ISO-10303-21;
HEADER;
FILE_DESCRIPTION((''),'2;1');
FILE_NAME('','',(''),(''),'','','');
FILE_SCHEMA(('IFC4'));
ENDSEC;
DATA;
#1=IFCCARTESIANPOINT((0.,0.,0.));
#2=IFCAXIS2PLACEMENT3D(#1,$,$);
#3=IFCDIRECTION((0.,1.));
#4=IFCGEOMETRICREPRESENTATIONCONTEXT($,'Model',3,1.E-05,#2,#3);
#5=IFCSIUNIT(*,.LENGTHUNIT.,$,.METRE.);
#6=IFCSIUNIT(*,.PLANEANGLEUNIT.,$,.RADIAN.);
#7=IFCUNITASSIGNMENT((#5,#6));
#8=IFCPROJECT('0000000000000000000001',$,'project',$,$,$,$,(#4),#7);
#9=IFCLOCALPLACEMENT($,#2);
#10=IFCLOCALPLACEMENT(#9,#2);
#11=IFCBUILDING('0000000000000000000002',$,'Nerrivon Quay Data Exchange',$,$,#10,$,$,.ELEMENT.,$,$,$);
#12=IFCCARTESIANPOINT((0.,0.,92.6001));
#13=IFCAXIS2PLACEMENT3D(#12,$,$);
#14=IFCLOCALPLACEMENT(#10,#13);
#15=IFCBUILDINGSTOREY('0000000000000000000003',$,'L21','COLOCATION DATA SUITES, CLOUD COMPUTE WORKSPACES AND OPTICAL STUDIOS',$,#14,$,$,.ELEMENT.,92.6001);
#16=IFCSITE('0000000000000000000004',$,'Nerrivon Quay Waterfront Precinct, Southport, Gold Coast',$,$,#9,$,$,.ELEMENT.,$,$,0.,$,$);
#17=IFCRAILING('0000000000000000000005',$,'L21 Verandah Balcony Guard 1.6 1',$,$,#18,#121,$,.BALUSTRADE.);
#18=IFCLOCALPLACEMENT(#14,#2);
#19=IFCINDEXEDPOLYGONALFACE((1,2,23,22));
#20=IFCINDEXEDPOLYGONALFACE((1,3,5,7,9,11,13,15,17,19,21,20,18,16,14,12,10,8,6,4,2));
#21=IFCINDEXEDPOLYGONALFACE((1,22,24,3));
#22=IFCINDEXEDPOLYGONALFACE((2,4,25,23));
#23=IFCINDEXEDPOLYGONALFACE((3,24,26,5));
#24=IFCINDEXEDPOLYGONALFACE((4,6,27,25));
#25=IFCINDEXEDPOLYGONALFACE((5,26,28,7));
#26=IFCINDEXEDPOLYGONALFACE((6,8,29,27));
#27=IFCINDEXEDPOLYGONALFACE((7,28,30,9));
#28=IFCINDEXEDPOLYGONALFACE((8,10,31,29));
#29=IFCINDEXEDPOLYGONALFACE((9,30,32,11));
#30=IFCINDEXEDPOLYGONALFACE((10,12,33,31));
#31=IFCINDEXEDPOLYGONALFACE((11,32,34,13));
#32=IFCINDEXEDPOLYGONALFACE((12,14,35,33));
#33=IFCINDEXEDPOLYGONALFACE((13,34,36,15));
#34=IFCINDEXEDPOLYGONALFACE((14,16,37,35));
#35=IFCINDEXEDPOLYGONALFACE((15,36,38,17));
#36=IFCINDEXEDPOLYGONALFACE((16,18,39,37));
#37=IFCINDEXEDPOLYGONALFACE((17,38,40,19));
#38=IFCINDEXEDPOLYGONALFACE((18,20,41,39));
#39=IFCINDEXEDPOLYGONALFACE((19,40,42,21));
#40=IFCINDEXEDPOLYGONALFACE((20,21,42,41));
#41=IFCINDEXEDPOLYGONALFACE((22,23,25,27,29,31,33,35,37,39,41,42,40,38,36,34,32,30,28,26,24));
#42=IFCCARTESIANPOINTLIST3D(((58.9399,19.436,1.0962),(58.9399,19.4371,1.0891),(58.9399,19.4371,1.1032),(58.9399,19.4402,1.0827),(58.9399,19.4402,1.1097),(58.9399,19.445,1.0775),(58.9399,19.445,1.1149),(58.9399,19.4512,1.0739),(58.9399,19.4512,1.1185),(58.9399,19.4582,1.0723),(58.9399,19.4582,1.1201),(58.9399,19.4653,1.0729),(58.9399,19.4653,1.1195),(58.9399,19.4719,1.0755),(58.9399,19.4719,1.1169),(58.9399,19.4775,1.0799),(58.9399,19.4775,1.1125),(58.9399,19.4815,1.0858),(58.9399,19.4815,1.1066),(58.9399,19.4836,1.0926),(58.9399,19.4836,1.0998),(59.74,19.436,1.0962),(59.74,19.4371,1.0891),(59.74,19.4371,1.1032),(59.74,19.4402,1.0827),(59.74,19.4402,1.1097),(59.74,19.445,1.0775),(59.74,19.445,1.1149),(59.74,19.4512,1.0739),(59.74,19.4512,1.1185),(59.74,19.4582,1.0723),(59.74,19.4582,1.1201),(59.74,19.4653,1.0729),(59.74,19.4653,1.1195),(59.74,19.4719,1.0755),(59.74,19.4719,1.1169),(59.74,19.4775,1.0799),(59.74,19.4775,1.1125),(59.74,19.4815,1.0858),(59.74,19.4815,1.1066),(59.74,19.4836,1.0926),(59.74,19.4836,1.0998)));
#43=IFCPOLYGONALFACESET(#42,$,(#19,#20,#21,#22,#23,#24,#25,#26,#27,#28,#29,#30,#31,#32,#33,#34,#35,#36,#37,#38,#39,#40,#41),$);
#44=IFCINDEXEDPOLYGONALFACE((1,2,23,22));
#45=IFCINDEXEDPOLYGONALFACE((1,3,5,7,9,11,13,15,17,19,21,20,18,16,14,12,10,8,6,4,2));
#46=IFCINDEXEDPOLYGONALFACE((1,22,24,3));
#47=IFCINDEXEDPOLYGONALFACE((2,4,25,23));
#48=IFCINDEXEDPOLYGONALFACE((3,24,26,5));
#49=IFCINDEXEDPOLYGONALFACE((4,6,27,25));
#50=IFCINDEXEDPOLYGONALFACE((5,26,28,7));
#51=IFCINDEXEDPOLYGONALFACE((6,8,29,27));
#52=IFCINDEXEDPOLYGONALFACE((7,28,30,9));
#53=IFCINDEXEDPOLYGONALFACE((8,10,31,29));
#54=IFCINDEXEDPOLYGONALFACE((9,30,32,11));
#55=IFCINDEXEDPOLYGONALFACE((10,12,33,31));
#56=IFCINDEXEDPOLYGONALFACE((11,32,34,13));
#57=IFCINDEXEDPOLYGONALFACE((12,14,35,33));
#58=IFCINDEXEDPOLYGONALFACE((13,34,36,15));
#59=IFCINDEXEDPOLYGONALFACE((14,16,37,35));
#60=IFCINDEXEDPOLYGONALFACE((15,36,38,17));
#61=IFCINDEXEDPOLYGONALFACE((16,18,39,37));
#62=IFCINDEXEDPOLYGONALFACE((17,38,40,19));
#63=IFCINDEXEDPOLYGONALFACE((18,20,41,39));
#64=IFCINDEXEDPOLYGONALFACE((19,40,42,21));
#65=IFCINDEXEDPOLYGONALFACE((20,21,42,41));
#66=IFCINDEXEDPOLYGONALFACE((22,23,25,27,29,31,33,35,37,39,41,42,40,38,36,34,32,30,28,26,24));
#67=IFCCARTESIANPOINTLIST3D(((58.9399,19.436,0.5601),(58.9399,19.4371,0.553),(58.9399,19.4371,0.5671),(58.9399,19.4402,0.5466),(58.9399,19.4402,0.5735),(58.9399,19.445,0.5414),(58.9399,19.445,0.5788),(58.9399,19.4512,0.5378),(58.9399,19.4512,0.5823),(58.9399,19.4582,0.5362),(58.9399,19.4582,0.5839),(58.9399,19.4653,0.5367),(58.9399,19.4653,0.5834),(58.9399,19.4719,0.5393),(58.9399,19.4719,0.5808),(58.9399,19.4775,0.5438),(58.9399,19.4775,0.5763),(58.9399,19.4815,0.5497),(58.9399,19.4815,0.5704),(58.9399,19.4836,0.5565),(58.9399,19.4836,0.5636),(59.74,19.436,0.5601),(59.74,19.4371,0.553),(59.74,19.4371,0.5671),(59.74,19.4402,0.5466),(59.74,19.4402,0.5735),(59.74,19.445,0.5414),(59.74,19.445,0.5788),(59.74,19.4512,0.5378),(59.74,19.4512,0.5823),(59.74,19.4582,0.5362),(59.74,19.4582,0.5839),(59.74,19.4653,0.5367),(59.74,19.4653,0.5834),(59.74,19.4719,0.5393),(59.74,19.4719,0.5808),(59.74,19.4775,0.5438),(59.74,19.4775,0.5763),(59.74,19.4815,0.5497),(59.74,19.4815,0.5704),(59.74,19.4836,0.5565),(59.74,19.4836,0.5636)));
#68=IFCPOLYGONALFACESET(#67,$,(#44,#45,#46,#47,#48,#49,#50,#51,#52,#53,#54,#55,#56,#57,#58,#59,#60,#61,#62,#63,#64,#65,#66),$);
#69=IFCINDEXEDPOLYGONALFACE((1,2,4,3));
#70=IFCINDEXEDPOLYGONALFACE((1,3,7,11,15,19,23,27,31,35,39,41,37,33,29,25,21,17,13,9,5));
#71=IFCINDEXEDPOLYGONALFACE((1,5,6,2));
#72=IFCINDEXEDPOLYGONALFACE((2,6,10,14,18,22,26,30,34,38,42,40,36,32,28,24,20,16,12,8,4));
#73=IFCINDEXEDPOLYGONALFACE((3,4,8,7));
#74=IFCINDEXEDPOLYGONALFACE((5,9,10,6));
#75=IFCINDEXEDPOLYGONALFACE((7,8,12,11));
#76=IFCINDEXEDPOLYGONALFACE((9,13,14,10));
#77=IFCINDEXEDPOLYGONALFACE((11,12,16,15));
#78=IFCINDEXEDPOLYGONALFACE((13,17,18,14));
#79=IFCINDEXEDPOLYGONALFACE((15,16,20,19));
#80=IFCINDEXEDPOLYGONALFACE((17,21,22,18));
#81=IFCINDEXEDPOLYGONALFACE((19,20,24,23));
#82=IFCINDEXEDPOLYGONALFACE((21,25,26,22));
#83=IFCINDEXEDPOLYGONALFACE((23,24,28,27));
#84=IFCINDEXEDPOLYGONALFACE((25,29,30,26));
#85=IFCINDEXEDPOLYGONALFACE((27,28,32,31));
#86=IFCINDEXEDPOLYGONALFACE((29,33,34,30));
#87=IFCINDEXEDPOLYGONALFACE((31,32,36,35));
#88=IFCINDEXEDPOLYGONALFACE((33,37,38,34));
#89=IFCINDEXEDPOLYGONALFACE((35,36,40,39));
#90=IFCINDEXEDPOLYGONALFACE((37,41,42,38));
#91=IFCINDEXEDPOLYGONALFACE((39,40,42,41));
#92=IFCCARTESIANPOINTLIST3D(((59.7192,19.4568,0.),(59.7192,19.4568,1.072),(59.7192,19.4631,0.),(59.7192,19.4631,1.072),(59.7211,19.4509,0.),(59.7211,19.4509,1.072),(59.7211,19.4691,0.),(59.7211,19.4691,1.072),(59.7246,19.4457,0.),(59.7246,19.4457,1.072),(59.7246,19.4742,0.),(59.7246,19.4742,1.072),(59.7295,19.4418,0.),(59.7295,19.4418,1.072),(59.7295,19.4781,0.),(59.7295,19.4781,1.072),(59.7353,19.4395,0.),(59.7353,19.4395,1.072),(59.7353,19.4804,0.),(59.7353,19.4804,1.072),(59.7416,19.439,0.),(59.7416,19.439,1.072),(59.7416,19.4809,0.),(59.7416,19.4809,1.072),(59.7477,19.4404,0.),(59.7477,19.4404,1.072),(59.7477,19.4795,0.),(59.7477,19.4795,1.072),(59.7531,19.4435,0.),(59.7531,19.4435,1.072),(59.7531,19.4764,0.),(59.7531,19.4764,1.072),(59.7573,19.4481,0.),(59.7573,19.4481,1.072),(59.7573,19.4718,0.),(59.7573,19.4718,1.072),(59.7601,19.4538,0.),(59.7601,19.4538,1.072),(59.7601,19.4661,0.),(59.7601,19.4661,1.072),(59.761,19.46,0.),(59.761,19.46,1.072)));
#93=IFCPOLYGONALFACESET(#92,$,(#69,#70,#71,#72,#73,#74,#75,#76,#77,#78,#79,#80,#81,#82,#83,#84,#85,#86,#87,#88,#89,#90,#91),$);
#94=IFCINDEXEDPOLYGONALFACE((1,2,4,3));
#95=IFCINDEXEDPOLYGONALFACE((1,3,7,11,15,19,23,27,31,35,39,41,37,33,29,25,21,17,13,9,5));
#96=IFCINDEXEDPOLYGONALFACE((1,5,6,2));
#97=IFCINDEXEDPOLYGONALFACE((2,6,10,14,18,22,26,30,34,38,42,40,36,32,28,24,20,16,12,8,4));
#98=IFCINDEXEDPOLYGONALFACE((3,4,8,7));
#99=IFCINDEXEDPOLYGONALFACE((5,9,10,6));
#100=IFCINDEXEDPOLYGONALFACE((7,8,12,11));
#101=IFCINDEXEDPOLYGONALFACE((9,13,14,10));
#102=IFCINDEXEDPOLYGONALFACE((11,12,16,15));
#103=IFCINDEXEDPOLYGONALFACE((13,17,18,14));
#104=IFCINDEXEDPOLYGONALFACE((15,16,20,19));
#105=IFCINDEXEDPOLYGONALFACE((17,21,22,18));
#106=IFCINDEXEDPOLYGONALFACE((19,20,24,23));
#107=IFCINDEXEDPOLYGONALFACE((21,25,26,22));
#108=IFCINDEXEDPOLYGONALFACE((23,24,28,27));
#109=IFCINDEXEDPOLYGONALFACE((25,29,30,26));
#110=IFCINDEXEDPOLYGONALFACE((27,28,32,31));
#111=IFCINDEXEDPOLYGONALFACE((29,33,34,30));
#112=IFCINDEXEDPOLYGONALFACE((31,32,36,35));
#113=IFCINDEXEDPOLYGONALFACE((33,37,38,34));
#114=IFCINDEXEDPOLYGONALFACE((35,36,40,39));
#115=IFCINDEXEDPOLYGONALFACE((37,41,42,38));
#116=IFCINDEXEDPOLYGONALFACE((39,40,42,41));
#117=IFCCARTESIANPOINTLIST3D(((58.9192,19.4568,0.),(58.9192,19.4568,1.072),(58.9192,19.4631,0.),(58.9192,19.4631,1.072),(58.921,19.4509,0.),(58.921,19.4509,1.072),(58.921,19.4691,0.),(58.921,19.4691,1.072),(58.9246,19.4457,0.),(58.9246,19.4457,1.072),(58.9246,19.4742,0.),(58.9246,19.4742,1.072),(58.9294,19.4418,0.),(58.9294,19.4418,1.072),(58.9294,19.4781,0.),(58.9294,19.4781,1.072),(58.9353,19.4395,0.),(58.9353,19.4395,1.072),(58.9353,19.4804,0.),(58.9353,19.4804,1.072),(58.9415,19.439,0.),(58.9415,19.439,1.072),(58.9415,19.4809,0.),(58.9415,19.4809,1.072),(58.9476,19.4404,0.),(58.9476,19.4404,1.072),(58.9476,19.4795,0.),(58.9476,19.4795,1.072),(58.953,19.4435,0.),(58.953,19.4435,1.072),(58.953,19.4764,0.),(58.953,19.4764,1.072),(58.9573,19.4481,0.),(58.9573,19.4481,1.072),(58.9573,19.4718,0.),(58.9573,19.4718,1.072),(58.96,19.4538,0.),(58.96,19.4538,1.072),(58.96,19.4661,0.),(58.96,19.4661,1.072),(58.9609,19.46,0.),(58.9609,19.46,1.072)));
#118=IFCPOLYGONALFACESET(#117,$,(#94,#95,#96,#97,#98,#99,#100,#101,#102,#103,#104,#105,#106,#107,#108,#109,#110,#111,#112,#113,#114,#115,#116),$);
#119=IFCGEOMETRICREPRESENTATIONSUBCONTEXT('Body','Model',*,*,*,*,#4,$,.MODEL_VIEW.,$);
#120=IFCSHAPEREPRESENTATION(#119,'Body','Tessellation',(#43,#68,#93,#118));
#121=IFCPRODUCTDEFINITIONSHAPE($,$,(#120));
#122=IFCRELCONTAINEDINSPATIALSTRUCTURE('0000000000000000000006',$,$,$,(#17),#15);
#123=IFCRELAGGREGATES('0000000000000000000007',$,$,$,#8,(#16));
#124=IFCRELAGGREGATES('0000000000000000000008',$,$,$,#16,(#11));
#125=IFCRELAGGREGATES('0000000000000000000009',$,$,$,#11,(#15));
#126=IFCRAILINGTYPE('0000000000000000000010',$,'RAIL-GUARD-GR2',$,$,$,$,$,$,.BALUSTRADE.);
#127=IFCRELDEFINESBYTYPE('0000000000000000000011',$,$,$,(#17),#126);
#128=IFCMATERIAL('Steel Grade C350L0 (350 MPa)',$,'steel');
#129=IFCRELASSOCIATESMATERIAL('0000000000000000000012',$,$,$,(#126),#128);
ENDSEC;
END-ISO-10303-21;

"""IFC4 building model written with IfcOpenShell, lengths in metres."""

from ifc_helpers import new_model, si_unit, direction, frame, origin, origin_2d, place, context, subcontext, project, spatial, circle, extrude, material, type_object, element, save


model = new_model("IFC4")

# Units and contexts
model_context = context("Model", 3, precision=1e-05, world=origin(), true_north=direction((0.0, 1.0)))
body_context = subcontext(model_context, "Body", "Model", "MODEL_VIEW")
ifc_project = project(units=[si_unit("LENGTHUNIT", "METRE"), si_unit("PLANEANGLEUNIT", "RADIAN")], contexts=[model_context])

# Site, building, storey
site_placement = place(None, origin())
site = spatial("IfcSite", under=ifc_project, at=site_placement, Name="Nerrivon Quay Waterfront Precinct, Southport, Gold Coast", CompositionType="ELEMENT", RefElevation=0.0)
building_placement = place(site_placement, origin())
building = spatial("IfcBuilding", under=site, at=building_placement, Name="Nerrivon Quay Data Exchange", CompositionType="ELEMENT")
storey_placement = place(building_placement, frame((0.0, 0.0, 92.6001)))
storey = spatial("IfcBuildingStorey", under=building, at=storey_placement, Name="L21", Description="COLOCATION DATA SUITES, CLOUD COMPUTE WORKSPACES AND OPTICAL STUDIOS", CompositionType="ELEMENT", Elevation=92.6001)

# Railing
ifc_material_1 = material(Name="Steel Grade C350L0 (350 MPa)", Category="steel")
railing_type = type_object("IfcRailingType", Name="RAIL-GUARD-GR2", PredefinedType="BALUSTRADE", material=ifc_material_1)
railing_1_placement = place(storey_placement, frame((59.74, 19.46, 0.0)))
element("IfcRailing", 1, at=railing_1_placement, inside=storey, type_object=railing_type, Name="L21 Verandah Balcony Guard 1.6 1", PredefinedType="BALUSTRADE", context=body_context, shape_type="SweptSolid", body=[
    extrude(circle(Radius=0.0239, at=origin_2d()), frame((0.0, 0.0, 1.0962), z_axis=(-1.0, 0.0, 0.0), x_axis=(0.0, -1.0, 0.0)), (0.0, 0.0, 1.0), 0.8),
    extrude(circle(Radius=0.0239, at=origin_2d()), frame((0.0, 0.0, 0.5601), z_axis=(-1.0, 0.0, 0.0), x_axis=(0.0, -1.0, 0.0)), (0.0, 0.0, 1.0), 0.8),
    extrude(circle(Radius=0.021, at=origin_2d()), origin(), (0.0, 0.0, 1.0), 1.072),
    extrude(circle(Radius=0.021, at=origin_2d()), frame((-0.8, 0.0, 0.0)), (0.0, 0.0, 1.0), 1.072),
])

save(model, "model.ifc")
